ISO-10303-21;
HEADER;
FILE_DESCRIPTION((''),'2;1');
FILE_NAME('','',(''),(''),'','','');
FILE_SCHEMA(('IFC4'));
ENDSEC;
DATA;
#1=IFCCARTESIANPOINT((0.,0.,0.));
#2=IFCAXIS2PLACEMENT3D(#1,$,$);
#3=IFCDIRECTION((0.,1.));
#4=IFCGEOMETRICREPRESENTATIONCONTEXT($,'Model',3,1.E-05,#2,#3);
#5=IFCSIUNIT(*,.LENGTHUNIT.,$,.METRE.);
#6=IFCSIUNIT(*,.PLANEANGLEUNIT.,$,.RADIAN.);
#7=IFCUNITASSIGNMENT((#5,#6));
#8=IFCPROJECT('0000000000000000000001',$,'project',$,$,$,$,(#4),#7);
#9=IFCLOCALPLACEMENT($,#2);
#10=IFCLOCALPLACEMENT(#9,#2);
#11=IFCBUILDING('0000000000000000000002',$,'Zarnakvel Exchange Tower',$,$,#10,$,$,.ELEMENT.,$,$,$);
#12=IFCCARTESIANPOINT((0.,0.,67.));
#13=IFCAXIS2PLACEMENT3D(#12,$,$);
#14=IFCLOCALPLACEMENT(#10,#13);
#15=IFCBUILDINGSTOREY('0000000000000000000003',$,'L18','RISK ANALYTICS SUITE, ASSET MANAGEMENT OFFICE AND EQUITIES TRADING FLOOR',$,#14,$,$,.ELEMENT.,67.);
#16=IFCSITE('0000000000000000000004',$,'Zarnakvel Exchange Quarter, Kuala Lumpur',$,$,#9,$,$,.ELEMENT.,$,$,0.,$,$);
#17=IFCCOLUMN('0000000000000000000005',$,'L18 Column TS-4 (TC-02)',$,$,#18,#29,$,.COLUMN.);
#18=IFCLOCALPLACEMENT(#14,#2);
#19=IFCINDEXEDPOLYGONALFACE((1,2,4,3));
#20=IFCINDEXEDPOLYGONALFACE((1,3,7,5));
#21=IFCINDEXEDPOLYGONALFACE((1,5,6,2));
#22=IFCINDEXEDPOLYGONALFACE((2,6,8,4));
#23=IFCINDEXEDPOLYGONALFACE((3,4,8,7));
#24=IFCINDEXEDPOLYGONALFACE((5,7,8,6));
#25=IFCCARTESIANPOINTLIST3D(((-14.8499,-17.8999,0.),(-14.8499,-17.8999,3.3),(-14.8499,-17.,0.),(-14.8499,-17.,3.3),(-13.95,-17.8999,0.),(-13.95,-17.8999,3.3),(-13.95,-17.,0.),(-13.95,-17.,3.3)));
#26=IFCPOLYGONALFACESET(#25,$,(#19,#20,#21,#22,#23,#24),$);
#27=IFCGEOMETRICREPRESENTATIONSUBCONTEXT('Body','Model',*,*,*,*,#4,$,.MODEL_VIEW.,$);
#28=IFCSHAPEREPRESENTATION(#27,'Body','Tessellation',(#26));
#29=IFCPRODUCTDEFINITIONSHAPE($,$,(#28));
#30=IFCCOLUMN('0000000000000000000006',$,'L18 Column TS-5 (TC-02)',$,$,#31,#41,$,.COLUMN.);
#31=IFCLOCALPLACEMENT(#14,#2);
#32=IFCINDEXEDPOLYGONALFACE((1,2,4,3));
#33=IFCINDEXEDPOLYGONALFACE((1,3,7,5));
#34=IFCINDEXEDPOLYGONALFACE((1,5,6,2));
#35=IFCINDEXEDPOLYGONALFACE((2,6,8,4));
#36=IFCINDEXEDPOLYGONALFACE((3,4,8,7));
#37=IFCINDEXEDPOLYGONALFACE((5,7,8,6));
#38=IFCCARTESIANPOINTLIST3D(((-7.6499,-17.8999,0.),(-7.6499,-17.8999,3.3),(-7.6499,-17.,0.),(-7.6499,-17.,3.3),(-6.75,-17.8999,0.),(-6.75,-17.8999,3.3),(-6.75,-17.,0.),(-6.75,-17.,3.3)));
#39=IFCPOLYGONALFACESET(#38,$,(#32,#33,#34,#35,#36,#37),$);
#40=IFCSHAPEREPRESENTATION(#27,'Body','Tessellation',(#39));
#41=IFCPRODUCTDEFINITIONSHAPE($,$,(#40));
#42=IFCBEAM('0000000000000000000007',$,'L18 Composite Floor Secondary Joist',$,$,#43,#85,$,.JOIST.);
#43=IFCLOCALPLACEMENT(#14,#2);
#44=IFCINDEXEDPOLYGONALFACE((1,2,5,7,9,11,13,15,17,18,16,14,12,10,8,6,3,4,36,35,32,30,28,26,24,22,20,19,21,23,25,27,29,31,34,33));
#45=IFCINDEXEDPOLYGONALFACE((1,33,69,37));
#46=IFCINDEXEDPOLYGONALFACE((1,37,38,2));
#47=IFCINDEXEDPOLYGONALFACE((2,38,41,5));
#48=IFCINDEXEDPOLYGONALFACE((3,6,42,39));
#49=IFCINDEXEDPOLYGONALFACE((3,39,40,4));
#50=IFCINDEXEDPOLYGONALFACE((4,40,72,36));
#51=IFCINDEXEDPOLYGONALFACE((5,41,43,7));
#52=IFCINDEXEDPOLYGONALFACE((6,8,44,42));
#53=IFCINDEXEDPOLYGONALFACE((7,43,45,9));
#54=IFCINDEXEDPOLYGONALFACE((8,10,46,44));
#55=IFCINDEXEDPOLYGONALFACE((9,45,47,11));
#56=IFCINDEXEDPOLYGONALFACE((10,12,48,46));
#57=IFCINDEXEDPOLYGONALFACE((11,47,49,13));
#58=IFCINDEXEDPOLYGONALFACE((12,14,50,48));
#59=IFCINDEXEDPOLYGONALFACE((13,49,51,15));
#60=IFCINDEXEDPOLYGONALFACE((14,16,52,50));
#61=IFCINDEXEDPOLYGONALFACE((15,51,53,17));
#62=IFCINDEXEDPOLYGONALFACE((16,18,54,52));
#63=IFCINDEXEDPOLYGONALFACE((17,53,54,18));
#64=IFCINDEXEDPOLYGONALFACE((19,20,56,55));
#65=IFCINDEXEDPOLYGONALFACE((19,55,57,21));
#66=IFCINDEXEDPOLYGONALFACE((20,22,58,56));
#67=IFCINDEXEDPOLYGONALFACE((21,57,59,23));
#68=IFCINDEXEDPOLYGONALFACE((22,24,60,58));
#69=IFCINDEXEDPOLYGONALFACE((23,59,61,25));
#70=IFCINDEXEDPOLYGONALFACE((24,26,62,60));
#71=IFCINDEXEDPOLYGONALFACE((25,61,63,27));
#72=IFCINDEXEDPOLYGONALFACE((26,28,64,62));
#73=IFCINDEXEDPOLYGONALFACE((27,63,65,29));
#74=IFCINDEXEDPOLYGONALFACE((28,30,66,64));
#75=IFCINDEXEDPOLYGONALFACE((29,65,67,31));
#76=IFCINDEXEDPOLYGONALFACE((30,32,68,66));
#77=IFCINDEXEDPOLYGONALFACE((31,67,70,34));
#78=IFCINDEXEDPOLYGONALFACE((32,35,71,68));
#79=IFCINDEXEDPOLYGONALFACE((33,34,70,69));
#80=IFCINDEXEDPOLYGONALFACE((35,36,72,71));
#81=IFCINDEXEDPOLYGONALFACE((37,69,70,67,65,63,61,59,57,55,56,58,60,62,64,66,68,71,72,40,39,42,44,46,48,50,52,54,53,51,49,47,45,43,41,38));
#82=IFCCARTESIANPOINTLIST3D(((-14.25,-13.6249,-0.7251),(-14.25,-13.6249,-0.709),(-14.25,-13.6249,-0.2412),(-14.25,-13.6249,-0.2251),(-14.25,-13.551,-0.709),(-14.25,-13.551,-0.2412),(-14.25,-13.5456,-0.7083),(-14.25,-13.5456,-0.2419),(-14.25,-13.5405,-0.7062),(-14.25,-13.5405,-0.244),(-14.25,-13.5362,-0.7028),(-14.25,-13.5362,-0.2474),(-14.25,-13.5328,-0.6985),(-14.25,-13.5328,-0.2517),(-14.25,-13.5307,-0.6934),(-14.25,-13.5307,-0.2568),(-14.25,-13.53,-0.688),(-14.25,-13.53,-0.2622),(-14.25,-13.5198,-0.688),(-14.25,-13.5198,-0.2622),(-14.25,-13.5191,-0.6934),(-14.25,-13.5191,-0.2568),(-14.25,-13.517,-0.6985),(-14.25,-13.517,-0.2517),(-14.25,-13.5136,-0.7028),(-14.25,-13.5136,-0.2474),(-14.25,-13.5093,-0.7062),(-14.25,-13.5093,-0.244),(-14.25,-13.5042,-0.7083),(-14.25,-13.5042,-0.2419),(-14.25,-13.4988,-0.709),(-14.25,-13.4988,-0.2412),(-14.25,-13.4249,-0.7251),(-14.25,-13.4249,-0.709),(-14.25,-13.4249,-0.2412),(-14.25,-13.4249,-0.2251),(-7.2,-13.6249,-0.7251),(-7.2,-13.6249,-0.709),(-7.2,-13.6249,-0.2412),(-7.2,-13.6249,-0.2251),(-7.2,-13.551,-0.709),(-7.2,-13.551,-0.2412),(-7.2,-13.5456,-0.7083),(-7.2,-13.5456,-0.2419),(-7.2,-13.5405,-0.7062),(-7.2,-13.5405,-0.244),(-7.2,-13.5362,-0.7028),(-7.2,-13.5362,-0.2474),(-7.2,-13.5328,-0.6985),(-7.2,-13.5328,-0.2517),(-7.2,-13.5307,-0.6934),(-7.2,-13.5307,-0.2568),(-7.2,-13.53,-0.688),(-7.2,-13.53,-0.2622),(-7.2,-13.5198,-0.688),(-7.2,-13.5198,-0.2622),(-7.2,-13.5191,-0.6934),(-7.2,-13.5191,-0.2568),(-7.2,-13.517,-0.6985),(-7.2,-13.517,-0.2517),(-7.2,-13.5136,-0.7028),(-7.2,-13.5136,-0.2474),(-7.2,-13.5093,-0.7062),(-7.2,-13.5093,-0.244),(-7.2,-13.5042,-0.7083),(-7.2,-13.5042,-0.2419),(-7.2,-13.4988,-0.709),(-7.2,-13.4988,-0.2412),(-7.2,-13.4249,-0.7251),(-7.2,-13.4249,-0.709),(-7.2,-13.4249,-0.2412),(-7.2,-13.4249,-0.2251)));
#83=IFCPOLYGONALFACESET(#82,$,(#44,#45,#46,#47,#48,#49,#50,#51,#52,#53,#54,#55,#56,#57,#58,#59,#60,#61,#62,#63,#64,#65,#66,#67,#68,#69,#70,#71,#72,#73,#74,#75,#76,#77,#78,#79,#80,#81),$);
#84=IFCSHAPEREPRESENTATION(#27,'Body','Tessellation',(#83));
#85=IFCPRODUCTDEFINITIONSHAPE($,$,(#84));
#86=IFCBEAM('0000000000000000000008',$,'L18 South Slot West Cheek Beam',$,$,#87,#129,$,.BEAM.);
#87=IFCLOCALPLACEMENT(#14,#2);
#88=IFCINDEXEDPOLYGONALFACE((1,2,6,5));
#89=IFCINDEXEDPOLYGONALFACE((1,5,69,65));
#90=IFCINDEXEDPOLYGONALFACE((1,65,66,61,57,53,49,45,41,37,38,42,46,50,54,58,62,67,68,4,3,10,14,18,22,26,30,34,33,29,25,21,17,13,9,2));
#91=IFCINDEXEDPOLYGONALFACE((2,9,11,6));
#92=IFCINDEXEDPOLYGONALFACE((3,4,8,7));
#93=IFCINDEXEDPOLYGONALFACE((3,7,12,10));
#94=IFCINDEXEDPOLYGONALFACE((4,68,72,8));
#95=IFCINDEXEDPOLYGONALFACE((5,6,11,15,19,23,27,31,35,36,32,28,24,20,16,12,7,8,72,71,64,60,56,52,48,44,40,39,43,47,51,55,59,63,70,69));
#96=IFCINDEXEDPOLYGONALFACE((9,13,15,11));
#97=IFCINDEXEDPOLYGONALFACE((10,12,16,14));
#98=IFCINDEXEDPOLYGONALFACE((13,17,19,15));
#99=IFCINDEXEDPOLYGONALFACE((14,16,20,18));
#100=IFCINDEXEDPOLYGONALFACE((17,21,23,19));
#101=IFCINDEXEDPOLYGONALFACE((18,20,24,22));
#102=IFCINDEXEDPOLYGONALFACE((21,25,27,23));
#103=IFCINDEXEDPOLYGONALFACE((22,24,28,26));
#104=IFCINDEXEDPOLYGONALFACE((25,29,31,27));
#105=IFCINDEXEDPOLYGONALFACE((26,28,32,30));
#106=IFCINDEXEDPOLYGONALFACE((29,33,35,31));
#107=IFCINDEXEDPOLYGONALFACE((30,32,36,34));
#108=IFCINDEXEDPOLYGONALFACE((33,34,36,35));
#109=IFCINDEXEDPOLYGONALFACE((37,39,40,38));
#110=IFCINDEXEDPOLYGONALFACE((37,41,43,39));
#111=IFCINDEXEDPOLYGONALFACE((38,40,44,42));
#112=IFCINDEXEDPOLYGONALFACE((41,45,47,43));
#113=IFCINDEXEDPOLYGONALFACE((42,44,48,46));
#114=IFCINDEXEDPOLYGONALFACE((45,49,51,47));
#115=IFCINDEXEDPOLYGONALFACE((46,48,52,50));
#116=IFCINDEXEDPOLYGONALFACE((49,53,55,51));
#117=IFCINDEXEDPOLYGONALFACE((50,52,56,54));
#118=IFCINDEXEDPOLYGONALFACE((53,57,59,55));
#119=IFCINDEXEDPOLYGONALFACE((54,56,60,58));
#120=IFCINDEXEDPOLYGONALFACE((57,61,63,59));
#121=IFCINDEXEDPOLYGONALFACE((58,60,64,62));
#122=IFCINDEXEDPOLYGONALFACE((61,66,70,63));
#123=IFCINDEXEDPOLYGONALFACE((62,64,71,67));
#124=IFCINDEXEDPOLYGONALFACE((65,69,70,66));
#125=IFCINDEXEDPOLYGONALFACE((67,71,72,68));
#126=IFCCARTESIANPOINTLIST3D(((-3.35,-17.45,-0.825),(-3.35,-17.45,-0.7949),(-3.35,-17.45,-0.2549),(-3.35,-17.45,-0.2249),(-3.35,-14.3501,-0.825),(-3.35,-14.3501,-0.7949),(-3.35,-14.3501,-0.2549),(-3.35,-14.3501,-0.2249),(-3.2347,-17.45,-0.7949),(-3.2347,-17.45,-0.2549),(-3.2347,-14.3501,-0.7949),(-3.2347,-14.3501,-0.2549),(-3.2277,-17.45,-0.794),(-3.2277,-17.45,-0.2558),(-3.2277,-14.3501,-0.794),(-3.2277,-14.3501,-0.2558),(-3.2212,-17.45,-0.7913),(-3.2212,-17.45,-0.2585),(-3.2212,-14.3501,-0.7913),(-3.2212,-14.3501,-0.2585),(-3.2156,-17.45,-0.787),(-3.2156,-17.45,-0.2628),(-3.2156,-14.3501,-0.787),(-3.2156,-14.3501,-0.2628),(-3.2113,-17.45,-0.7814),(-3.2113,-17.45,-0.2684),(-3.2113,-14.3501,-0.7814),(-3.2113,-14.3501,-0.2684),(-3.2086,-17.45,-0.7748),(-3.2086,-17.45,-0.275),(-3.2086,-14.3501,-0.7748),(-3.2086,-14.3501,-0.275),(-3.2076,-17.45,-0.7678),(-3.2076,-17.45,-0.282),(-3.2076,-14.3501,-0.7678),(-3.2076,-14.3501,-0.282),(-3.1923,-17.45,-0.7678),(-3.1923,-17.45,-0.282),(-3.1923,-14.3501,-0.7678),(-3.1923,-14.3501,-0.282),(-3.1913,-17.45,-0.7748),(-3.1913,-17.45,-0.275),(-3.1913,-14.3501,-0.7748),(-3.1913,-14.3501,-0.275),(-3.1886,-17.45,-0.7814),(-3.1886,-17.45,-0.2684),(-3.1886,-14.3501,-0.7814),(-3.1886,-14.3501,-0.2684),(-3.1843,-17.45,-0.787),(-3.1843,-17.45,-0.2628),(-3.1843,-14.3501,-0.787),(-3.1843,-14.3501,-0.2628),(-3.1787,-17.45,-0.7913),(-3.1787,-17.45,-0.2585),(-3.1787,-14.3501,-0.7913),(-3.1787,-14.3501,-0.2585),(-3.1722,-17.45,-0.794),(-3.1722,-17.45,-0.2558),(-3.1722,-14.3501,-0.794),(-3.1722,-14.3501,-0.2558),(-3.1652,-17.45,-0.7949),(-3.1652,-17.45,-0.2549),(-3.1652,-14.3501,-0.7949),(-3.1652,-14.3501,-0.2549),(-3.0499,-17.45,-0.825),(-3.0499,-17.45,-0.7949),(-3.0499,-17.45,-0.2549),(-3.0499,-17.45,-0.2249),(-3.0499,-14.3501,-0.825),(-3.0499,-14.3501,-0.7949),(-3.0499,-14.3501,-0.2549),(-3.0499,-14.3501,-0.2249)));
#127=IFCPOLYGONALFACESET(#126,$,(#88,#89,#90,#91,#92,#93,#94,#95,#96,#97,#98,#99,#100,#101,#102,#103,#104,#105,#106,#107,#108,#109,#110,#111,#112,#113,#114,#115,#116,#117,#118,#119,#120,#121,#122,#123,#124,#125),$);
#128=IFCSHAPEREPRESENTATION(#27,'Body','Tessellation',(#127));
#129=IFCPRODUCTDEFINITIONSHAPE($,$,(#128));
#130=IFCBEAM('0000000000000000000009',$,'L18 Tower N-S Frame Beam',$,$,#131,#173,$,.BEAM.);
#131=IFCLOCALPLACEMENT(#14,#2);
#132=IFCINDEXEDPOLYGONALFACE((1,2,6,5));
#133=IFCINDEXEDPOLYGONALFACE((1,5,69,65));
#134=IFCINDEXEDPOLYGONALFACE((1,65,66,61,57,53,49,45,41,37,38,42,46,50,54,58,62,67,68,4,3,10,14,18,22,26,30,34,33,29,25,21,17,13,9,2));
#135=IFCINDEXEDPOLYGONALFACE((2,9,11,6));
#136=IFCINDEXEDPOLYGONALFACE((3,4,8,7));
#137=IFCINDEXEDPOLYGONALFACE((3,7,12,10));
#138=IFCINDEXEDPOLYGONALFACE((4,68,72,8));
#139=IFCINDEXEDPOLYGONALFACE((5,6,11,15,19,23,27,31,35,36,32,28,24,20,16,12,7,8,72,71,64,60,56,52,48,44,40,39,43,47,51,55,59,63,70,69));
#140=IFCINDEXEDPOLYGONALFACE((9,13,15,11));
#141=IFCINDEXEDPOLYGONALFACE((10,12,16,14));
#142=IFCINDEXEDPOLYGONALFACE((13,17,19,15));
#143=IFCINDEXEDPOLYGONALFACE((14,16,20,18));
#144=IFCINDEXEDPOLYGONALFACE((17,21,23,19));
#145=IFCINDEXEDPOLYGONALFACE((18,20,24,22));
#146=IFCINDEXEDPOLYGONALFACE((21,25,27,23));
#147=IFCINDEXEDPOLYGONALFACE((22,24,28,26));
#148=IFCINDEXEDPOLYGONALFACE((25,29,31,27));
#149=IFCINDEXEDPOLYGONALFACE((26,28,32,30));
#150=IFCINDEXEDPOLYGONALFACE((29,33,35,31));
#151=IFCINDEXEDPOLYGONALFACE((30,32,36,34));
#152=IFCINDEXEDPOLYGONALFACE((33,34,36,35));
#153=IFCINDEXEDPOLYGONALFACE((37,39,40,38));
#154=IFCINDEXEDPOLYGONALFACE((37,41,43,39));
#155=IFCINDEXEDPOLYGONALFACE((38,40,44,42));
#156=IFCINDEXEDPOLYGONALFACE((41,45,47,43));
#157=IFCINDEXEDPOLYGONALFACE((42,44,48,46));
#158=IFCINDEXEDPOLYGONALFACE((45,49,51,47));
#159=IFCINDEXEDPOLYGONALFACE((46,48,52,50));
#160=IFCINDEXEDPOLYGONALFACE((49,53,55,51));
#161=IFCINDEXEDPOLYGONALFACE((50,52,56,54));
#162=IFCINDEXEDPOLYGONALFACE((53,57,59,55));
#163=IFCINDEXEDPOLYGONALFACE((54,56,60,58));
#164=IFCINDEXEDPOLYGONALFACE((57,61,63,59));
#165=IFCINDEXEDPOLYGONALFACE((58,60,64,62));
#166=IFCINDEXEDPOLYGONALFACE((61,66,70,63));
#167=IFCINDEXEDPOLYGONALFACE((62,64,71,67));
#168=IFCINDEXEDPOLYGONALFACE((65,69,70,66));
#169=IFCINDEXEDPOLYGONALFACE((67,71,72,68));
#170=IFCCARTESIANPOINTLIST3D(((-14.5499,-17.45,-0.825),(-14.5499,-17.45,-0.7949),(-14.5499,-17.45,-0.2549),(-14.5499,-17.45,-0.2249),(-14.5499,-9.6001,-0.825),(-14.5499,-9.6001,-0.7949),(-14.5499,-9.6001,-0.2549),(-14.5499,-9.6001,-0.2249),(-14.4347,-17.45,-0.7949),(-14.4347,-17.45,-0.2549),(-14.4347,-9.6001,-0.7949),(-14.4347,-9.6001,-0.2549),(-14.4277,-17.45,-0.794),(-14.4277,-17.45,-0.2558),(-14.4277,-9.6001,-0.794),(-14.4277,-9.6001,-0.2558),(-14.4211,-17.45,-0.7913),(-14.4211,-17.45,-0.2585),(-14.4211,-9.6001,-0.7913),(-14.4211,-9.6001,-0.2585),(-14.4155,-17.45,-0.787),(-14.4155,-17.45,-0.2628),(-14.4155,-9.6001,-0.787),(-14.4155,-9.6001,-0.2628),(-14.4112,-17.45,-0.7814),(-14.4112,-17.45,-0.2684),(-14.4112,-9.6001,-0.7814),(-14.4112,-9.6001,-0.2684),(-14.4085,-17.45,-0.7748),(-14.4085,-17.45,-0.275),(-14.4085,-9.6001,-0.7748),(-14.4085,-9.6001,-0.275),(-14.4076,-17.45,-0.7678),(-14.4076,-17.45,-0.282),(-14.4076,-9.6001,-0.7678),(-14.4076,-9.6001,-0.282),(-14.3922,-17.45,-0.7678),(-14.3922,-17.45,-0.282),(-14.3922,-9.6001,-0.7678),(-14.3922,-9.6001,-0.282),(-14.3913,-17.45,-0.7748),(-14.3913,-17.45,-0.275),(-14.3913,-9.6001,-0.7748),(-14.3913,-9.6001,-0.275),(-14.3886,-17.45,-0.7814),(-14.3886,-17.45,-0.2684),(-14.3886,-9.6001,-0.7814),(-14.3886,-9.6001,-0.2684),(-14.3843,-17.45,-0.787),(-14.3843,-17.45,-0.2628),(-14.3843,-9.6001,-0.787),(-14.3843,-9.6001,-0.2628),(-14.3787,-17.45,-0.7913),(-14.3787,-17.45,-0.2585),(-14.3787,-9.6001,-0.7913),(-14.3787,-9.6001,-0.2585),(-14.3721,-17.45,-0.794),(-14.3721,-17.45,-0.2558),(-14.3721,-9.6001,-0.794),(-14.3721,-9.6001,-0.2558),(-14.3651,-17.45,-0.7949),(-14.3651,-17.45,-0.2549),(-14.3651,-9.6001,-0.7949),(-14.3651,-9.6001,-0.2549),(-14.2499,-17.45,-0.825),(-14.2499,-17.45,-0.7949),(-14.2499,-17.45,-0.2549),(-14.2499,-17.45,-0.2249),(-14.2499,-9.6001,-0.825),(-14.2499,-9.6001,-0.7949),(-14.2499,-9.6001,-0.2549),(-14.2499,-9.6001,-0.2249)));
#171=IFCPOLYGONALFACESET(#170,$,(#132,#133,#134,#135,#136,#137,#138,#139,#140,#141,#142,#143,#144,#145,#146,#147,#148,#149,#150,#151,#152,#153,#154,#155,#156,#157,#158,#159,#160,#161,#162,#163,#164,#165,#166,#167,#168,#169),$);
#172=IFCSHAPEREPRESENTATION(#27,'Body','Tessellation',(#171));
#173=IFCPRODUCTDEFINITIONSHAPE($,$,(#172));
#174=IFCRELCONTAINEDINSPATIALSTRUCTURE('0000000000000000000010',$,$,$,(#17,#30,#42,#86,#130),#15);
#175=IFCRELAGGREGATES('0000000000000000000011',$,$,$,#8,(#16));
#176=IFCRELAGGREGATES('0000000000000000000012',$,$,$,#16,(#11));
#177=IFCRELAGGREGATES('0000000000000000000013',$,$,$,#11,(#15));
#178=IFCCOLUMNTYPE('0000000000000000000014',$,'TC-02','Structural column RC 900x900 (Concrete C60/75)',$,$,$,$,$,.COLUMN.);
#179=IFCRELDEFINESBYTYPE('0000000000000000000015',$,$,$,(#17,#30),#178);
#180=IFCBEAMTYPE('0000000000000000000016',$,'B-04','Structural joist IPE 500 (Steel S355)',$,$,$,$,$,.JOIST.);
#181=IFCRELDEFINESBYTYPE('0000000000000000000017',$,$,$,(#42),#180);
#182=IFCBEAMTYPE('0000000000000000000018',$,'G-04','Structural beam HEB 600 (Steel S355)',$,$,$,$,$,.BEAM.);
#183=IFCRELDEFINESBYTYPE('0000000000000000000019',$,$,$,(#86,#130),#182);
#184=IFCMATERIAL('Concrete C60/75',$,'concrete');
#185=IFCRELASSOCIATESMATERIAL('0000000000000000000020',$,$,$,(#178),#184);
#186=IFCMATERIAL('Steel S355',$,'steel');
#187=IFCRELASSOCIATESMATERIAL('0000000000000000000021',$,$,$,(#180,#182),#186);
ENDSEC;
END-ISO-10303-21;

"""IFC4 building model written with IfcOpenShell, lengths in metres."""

from ifc_helpers import new_model, si_unit, direction, frame, origin, origin_2d, place, context, subcontext, project, spatial, rectangle, i_section, extrude, material, material_profile, profile_set, type_object, element, save


model = new_model("IFC4")

# Units and contexts
model_context = context("Model", 3, precision=1e-05, world=origin(), true_north=direction((0.0, 1.0)))
body_context = subcontext(model_context, "Body", "Model", "MODEL_VIEW")
ifc_project = project(units=[si_unit("LENGTHUNIT", "METRE"), si_unit("PLANEANGLEUNIT", "RADIAN")], contexts=[model_context])

# Site, building, storey
site_placement = place(None, origin())
site = spatial("IfcSite", under=ifc_project, at=site_placement, Name="Zarnakvel Exchange Quarter, Kuala Lumpur", CompositionType="ELEMENT", RefElevation=0.0)
building_placement = place(site_placement, origin())
building = spatial("IfcBuilding", under=site, at=building_placement, Name="Zarnakvel Exchange Tower", CompositionType="ELEMENT")
storey_placement = place(building_placement, frame((0.0, 0.0, 67.0)))
storey = spatial("IfcBuildingStorey", under=building, at=storey_placement, Name="L18", Description="RISK ANALYTICS SUITE, ASSET MANAGEMENT OFFICE AND EQUITIES TRADING FLOOR", CompositionType="ELEMENT", Elevation=67.0)

# Columns
ifc_material_1 = material(Name="Concrete C60/75", Category="concrete")
ifc_material_profile_1 = material_profile(ifc_material_1, rectangle(XDim=0.8999, YDim=0.8999, at=origin_2d()))
ifc_profile_set_1 = profile_set([ifc_material_profile_1], Name="Concrete C60/75")
column_type = type_object("IfcColumnType", Name="TC-02", Description="Structural column RC 900x900 (Concrete C60/75)", PredefinedType="COLUMN", material=ifc_profile_set_1)
for number, where, z_axis, x_axis, name in (
    (1, (-14.3999, -17.45, 0.0), (0.0, 0.0, 1.0), (1.0, 0.0, 0.0), "L18 Column TS-4 (TC-02)"),
    (2, (-7.2, -17.45, 0.0), (0.0, 0.0, 1.0), (1.0, 0.0, 0.0), "L18 Column TS-5 (TC-02)"),
):
    element("IfcColumn", number, at=place(storey_placement, frame(where, z_axis=z_axis, x_axis=x_axis)), inside=storey, type_object=column_type, Name=name, PredefinedType="COLUMN", context=body_context, shape_type="SweptSolid", body=[
        extrude(rectangle(XDim=0.8999, YDim=0.8999, at=origin_2d()), origin(), (0.0, 0.0, 1.0), 3.3),
    ])

# Beams
ifc_material_2 = material(Name="Steel S355", Category="steel")
ifc_material_profile_2 = material_profile(ifc_material_2, i_section(OverallWidth=0.2, OverallDepth=0.5, WebThickness=0.0103, FlangeThickness=0.0161, FilletRadius=0.021, at=origin_2d()))
ifc_profile_set_2 = profile_set([ifc_material_profile_2], Name="Steel S355")
beam_type_1 = type_object("IfcBeamType", Name="B-04", Description="Structural joist IPE 500 (Steel S355)", PredefinedType="JOIST", material=ifc_profile_set_2)
beam_1_placement = place(storey_placement, frame((-14.25, -13.5249, -0.4751), z_axis=(1.0, 0.0, 0.0), x_axis=(0.0, 1.0, 0.0)))
element("IfcBeam", 3, at=beam_1_placement, inside=storey, type_object=beam_type_1, Name="L18 Composite Floor Secondary Joist", PredefinedType="JOIST", context=body_context, shape_type="SweptSolid", body=[
    extrude(i_section(OverallWidth=0.2, OverallDepth=0.5, WebThickness=0.0103, FlangeThickness=0.0161, FilletRadius=0.021, at=origin_2d()), origin(), (0.0, 0.0, 1.0), 7.05),
])
ifc_material_profile_3 = material_profile(ifc_material_2, i_section(OverallWidth=0.3, OverallDepth=0.6001, WebThickness=0.0154, FlangeThickness=0.03, FilletRadius=0.0271, at=origin_2d()))
ifc_profile_set_3 = profile_set([ifc_material_profile_3], Name="Steel S355")
beam_type_2 = type_object("IfcBeamType", Name="G-04", Description="Structural beam HEB 600 (Steel S355)", PredefinedType="BEAM", material=ifc_profile_set_3)
beam_2_placement = place(storey_placement, frame((-3.2, -17.45, -0.5249), z_axis=(0.0, 1.0, 0.0), x_axis=(-1.0, 0.0, 0.0)))
element("IfcBeam", 4, at=beam_2_placement, inside=storey, type_object=beam_type_2, Name="L18 South Slot West Cheek Beam", PredefinedType="BEAM", context=body_context, shape_type="SweptSolid", body=[
    extrude(i_section(OverallWidth=0.3, OverallDepth=0.6001, WebThickness=0.0154, FlangeThickness=0.03, FilletRadius=0.0271, at=origin_2d()), origin(), (0.0, 0.0, 1.0), 3.0999),
])
for number, where, z_axis, x_axis, name in (
    (5, (-14.3999, -17.45, -0.5249), (0.0, 1.0, 0.0), (-1.0, 0.0, 0.0), "L18 Tower N-S Frame Beam"),
):
    element("IfcBeam", number, at=place(storey_placement, frame(where, z_axis=z_axis, x_axis=x_axis)), inside=storey, type_object=beam_type_2, Name=name, PredefinedType="BEAM", context=body_context, shape_type="SweptSolid", body=[
        extrude(i_section(OverallWidth=0.3, OverallDepth=0.6001, WebThickness=0.0154, FlangeThickness=0.03, FilletRadius=0.0271, at=origin_2d()), origin(), (0.0, 0.0, 1.0), 7.8499),
    ])

save(model, "model.ifc")
